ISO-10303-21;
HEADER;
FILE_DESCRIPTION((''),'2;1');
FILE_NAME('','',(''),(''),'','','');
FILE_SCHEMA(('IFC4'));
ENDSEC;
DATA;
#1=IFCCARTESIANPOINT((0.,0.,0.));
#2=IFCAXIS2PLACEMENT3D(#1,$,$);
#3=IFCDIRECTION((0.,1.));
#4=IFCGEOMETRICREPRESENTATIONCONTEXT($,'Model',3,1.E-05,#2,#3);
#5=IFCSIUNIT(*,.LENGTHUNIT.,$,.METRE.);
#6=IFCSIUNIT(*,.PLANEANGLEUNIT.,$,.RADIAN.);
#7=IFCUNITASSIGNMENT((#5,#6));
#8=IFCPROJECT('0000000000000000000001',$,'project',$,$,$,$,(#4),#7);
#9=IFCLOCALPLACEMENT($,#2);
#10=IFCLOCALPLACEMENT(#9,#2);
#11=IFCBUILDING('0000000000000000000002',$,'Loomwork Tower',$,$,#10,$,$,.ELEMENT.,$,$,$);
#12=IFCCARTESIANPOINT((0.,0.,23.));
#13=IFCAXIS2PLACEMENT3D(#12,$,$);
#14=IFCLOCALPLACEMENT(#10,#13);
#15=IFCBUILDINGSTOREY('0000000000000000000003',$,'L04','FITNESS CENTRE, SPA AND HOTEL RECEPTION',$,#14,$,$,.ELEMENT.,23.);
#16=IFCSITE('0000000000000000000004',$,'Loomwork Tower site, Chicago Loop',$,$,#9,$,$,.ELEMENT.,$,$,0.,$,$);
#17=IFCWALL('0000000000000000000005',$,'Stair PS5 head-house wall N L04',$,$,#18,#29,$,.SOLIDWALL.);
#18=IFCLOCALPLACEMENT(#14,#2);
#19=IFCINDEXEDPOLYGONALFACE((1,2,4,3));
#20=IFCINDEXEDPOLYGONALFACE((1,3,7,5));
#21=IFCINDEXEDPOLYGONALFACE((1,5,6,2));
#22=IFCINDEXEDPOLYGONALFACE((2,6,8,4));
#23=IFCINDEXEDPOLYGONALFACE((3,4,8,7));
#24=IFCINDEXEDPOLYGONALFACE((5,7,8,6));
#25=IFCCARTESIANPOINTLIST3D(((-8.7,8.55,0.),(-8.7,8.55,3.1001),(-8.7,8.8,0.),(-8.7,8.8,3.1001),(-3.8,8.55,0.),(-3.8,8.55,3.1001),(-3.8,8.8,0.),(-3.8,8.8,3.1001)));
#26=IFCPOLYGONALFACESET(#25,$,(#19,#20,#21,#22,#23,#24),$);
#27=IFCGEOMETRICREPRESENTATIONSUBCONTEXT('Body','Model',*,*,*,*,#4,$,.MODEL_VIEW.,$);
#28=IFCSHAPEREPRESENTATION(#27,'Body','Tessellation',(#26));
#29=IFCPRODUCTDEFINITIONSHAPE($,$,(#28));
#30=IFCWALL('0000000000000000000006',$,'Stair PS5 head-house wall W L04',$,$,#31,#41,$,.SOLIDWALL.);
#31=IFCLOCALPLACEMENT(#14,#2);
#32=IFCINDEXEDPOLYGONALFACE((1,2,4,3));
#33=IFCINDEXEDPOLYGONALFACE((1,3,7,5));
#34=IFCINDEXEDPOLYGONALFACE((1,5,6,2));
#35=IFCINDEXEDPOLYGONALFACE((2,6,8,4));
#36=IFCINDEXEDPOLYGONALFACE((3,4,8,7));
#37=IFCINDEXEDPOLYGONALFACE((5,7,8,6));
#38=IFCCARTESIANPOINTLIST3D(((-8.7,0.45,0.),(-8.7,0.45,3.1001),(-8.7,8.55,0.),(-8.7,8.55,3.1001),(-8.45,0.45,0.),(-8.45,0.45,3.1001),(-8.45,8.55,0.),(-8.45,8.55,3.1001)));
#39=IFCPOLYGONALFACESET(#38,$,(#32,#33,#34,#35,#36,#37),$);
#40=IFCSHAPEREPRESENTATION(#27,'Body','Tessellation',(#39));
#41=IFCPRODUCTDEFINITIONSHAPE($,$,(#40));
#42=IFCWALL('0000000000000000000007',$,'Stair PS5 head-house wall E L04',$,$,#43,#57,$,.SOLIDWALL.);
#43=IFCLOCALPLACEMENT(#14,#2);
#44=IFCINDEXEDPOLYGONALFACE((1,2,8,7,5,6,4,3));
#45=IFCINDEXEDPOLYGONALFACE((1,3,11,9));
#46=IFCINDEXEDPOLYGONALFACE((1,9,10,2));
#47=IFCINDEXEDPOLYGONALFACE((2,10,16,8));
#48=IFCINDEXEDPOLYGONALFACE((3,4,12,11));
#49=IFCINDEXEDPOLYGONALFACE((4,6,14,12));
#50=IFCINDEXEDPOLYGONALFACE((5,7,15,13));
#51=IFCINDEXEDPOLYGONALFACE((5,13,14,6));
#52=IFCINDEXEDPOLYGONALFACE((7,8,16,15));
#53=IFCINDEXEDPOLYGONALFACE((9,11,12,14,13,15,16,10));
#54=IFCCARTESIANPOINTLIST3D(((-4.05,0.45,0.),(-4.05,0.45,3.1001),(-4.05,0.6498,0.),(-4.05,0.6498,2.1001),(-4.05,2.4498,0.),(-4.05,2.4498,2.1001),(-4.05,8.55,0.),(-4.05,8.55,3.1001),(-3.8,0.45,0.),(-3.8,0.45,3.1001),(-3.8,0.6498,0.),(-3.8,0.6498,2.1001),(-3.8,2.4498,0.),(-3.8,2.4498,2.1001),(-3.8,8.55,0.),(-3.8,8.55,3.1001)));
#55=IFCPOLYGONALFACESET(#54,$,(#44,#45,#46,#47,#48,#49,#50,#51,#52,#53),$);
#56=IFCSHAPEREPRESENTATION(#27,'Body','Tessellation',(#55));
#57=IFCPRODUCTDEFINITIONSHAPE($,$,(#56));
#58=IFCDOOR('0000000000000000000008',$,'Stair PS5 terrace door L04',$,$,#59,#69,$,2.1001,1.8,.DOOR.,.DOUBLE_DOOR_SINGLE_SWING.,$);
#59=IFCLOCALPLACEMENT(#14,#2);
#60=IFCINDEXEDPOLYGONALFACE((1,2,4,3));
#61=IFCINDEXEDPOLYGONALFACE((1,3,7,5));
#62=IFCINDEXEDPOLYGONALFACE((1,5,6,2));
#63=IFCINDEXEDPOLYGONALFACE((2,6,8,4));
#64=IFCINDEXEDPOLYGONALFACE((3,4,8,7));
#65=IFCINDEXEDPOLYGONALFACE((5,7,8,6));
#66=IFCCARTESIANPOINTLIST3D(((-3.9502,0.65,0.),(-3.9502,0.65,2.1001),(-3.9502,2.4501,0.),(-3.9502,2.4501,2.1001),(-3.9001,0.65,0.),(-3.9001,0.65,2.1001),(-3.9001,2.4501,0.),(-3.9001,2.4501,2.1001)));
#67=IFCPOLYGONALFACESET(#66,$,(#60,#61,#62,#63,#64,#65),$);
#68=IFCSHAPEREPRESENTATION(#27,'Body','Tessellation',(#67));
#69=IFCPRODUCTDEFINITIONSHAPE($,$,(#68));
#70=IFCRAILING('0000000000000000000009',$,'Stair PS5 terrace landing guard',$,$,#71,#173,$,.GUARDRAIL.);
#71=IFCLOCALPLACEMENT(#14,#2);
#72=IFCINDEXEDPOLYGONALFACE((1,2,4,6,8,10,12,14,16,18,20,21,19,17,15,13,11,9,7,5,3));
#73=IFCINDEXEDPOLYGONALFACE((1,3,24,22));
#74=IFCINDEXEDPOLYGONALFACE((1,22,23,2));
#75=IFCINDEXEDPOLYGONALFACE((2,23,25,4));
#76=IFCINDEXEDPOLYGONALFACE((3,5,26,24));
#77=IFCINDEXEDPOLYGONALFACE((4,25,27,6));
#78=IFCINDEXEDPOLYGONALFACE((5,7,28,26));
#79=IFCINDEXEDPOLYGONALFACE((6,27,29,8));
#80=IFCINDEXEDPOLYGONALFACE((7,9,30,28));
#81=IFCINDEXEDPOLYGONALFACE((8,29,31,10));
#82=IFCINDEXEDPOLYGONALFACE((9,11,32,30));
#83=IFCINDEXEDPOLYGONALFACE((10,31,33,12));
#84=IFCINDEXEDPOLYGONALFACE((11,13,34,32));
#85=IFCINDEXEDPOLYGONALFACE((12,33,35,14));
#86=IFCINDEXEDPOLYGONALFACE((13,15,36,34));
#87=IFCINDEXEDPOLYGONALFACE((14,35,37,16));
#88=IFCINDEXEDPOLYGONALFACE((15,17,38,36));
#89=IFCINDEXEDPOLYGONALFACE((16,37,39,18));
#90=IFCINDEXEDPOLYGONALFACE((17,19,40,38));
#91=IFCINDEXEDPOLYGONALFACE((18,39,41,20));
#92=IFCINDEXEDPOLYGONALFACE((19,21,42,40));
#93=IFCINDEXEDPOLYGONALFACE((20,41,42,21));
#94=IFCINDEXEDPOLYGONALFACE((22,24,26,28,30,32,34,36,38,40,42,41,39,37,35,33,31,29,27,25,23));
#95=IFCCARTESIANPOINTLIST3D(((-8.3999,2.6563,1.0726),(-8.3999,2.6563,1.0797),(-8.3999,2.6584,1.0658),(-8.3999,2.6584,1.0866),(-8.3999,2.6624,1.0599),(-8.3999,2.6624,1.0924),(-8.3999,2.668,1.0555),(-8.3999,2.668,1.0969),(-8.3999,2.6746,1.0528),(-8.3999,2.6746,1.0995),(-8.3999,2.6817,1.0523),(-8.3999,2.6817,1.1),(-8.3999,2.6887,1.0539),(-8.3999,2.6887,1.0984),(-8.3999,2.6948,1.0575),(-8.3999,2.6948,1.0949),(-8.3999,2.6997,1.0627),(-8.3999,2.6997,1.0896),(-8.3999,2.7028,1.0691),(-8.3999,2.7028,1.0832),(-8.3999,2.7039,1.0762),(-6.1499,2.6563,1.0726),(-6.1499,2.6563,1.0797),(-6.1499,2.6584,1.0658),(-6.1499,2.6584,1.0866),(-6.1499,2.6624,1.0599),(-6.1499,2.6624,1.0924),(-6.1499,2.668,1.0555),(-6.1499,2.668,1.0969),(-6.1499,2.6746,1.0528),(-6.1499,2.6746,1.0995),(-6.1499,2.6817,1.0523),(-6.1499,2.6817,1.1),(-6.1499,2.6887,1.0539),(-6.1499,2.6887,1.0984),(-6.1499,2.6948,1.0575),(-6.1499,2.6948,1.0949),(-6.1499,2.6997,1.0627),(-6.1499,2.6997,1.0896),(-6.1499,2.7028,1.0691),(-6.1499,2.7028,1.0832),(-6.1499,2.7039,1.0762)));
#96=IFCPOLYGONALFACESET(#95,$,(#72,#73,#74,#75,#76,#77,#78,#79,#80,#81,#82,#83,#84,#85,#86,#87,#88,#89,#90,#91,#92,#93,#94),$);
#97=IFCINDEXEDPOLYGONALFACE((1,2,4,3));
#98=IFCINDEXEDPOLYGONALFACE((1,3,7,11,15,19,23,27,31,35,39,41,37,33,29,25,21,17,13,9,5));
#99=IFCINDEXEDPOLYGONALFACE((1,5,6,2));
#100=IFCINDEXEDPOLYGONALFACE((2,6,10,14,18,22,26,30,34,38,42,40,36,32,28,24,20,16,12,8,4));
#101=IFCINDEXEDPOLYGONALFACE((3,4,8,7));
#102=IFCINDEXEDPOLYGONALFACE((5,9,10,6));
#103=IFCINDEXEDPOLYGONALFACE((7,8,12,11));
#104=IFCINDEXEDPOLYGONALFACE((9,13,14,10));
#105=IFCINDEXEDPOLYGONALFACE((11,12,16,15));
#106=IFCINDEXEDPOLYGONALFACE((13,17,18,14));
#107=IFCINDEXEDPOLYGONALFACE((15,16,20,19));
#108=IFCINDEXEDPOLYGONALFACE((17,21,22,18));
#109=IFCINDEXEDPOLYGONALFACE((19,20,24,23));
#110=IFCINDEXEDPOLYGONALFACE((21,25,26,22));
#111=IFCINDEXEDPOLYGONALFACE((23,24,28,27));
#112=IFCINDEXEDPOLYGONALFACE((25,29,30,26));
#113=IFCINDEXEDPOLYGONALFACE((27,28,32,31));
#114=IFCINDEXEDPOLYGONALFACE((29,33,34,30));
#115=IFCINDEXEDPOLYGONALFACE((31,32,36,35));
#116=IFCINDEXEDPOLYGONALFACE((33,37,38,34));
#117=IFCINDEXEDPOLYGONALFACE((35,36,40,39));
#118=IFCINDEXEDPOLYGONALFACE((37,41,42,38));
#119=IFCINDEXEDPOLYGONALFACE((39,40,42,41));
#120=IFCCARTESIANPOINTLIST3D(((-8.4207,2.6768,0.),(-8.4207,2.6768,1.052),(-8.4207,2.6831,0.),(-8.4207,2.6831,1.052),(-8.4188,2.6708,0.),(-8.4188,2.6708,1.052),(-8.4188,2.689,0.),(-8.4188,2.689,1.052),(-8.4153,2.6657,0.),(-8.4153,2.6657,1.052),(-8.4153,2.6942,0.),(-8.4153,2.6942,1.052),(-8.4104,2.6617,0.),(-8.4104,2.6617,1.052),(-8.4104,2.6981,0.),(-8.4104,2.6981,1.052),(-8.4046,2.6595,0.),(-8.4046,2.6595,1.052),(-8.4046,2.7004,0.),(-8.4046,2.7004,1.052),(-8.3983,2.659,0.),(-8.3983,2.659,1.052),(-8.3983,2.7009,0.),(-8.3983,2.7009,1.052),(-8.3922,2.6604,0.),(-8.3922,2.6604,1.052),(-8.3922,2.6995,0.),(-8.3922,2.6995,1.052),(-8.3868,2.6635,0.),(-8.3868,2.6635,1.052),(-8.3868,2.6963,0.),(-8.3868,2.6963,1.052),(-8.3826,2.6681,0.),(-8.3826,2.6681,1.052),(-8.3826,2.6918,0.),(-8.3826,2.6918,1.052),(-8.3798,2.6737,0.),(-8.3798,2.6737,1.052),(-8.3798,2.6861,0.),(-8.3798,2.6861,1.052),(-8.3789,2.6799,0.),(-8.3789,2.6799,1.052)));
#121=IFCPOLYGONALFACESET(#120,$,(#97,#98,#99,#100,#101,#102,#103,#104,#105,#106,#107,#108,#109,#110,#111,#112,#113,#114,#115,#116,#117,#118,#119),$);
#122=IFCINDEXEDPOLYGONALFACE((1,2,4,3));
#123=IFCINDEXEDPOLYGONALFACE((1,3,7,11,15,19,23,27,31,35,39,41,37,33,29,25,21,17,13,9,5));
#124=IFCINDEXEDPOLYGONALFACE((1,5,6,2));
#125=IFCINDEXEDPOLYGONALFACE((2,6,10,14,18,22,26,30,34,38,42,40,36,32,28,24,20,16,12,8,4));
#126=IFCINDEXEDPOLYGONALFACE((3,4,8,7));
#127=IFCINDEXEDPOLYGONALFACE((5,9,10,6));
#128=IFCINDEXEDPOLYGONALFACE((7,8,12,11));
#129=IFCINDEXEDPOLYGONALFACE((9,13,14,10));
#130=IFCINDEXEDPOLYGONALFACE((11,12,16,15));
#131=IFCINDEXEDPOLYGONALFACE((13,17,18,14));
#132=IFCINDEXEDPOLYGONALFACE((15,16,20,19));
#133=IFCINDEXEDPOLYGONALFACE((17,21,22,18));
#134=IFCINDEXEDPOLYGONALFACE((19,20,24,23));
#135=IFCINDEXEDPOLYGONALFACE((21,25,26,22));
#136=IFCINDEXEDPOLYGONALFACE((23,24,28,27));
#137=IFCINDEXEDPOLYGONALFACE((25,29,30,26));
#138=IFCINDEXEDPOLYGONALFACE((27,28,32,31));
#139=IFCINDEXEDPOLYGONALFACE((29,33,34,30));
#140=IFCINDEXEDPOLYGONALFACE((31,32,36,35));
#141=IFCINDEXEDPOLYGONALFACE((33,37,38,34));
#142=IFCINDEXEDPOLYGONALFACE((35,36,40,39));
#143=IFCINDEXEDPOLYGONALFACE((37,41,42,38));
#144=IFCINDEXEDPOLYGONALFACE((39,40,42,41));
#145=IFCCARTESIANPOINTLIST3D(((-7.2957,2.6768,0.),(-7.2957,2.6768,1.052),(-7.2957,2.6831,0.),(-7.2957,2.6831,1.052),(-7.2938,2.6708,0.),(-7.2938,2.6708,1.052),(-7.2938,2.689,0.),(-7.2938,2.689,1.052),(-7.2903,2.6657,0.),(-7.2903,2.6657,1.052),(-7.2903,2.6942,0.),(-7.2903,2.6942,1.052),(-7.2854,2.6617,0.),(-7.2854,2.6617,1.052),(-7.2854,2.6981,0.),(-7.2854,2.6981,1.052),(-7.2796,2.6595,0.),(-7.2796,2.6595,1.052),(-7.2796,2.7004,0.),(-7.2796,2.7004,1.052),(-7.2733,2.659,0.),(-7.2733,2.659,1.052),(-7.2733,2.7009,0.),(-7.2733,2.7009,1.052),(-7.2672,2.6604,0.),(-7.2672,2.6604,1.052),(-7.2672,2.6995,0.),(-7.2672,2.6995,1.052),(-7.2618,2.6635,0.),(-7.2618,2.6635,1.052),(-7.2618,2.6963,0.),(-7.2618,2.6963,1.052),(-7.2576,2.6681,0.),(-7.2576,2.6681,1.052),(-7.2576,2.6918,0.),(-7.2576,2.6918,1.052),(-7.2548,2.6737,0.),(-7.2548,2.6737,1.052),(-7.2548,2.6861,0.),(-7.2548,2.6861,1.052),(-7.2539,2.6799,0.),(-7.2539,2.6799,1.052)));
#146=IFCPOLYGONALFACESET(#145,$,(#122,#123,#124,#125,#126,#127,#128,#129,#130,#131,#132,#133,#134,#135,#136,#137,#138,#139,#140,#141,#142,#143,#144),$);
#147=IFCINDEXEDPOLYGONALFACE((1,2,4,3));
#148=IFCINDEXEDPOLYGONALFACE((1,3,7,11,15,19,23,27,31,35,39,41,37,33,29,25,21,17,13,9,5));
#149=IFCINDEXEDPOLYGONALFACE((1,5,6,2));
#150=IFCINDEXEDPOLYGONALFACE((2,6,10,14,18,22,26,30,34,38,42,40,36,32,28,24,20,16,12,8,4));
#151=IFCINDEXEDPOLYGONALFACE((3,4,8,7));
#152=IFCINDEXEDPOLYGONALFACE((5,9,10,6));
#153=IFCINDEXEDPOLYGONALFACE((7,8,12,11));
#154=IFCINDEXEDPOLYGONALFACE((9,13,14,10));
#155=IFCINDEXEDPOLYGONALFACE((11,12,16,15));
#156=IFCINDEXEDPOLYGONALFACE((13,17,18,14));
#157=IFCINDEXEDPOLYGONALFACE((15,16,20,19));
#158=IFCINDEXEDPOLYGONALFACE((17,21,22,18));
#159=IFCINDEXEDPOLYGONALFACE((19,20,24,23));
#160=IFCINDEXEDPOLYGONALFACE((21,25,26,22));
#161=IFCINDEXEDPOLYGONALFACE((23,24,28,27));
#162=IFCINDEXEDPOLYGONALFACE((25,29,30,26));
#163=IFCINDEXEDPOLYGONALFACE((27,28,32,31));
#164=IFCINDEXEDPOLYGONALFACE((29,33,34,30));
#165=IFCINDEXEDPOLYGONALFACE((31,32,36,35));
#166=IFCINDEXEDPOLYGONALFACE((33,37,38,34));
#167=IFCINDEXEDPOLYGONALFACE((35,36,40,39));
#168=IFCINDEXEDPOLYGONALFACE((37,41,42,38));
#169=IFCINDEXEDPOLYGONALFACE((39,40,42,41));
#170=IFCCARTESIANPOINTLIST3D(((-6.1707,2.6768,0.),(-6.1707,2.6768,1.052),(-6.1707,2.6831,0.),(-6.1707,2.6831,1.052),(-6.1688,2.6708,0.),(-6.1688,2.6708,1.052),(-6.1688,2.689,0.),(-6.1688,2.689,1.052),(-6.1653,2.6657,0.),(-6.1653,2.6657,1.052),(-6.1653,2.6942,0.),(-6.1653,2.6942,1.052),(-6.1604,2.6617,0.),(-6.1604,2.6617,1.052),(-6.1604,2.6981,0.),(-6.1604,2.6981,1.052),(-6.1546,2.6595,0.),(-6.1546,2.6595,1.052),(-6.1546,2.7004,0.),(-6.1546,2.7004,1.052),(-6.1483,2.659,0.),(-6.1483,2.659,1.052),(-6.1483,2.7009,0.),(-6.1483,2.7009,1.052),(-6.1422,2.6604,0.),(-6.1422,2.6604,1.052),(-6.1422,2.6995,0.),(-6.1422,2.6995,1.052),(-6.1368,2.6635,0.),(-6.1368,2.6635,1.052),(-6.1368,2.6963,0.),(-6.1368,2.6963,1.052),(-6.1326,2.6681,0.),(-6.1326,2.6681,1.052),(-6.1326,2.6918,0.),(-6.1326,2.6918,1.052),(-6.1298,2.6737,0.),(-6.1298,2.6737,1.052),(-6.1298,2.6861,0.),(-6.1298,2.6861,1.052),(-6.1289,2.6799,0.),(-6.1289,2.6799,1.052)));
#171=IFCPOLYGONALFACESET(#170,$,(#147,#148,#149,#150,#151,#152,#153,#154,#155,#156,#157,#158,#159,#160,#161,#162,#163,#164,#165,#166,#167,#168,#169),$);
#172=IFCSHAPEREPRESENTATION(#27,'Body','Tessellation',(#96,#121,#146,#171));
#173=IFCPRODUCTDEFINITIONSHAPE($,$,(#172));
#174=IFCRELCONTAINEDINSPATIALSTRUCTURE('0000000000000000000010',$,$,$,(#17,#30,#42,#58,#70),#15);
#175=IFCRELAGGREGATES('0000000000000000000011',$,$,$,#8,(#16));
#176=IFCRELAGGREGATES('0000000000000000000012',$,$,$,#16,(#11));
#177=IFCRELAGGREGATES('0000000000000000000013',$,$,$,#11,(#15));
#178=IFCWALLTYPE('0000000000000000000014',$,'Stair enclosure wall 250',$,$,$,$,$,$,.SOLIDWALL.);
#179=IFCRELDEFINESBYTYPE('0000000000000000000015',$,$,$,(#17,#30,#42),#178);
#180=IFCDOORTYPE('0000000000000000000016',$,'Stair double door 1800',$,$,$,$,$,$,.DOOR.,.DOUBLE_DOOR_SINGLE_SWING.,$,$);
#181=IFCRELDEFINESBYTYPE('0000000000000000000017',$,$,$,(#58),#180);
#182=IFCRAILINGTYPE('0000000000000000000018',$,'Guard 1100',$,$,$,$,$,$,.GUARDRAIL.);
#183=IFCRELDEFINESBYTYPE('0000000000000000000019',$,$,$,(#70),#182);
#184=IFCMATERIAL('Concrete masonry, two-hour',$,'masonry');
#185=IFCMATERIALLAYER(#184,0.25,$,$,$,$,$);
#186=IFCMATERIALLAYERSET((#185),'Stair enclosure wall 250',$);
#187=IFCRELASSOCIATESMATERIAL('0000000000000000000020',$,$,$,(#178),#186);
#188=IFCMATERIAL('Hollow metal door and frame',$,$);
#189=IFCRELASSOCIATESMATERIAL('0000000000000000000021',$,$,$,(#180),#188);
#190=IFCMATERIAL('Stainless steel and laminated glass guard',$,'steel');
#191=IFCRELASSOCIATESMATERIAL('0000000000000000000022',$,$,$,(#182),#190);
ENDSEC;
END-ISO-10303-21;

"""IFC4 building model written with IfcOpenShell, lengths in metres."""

from ifc_helpers import new_model, si_unit, direction, frame, frame_2d, origin, origin_2d, place, context, subcontext, project, spatial, rectangle, circle, extrude, material, layer, layer_set, type_object, element, fill, save


model = new_model("IFC4")

# Units and contexts
model_context = context("Model", 3, precision=1e-05, world=origin(), true_north=direction((0.0, 1.0)))
body_context = subcontext(model_context, "Body", "Model", "MODEL_VIEW")
ifc_project = project(units=[si_unit("LENGTHUNIT", "METRE"), si_unit("PLANEANGLEUNIT", "RADIAN")], contexts=[model_context])

# Site, building, storey
site_placement = place(None, origin())
site = spatial("IfcSite", under=ifc_project, at=site_placement, Name="Loomwork Tower site, Chicago Loop", CompositionType="ELEMENT", RefElevation=0.0)
building_placement = place(site_placement, origin())
building = spatial("IfcBuilding", under=site, at=building_placement, Name="Loomwork Tower", CompositionType="ELEMENT")
storey_placement = place(building_placement, frame((0.0, 0.0, 23.0)))
storey = spatial("IfcBuildingStorey", under=building, at=storey_placement, Name="L04", Description="FITNESS CENTRE, SPA AND HOTEL RECEPTION", CompositionType="ELEMENT", Elevation=23.0)

# Walls
ifc_material_1 = material(Name="Concrete masonry, two-hour", Category="masonry")
ifc_layer_1 = layer(ifc_material_1, 0.25)
ifc_layer_set_1 = layer_set([ifc_layer_1], Name="Stair enclosure wall 250")
wall_type = type_object("IfcWallType", Name="Stair enclosure wall 250", PredefinedType="SOLIDWALL", material=ifc_layer_set_1)
for number, where, z_axis, x_axis, name in (
    (1, (-8.7, 8.675, 0.0), (0.0, 0.0, 1.0), (1.0, 0.0, 0.0), "Stair PS5 head-house wall N L04"),
):
    element("IfcWall", number, at=place(storey_placement, frame(where, z_axis=z_axis, x_axis=x_axis)), inside=storey, type_object=wall_type, Name=name, PredefinedType="SOLIDWALL", context=body_context, shape_type="SweptSolid", body=[
        extrude(rectangle(XDim=4.8999, YDim=0.25, at=frame_2d((2.45, 0.0))), origin(), (0.0, 0.0, 1.0), 3.1001),
    ])
wall_1_placement = place(storey_placement, frame((-8.575, 0.45, 0.0), z_axis=(0.0, 0.0, 1.0), x_axis=(0.0, 1.0, 0.0)))
element("IfcWall", 2, at=wall_1_placement, inside=storey, type_object=wall_type, Name="Stair PS5 head-house wall W L04", PredefinedType="SOLIDWALL", context=body_context, shape_type="SweptSolid", body=[
    extrude(rectangle(XDim=8.1001, YDim=0.25, at=frame_2d((4.05, 0.0))), origin(), (0.0, 0.0, 1.0), 3.1001),
])

# Wall, opening, door
wall_2_placement = place(storey_placement, frame((-3.925, 0.45, 0.0), z_axis=(0.0, 0.0, 1.0), x_axis=(0.0, 1.0, 0.0)))
wall_2 = element("IfcWall", 3, at=wall_2_placement, inside=storey, type_object=wall_type, Name="Stair PS5 head-house wall E L04", PredefinedType="SOLIDWALL", context=body_context, shape_type="SweptSolid", body=[
    extrude(rectangle(XDim=8.1001, YDim=0.25, at=frame_2d((4.05, 0.0))), origin(), (0.0, 0.0, 1.0), 3.1001),
])
opening_placement = place(wall_2_placement, frame((0.2, 0.0, 0.0)))
opening = element("IfcOpeningElement", 4, at=opening_placement, cuts=wall_2, PredefinedType="OPENING", context=body_context, shape_type="SweptSolid", body=[
    extrude(rectangle(XDim=1.8, YDim=2.1001, at=frame_2d((0.8999, 1.05))), frame((0.0, 0.135, 0.0), z_axis=(0.0, -1.0, 0.0), x_axis=(1.0, 0.0, 0.0)), (0.0, 0.0, 1.0), 0.27),
])
ifc_material_2 = material(Name="Hollow metal door and frame")
door_type = type_object("IfcDoorType", Name="Stair double door 1800", OperationType="DOUBLE_DOOR_SINGLE_SWING", PredefinedType="DOOR", material=ifc_material_2)
door_placement = place(opening_placement, frame((1.8, 0.0, 0.0), z_axis=(0.0, 0.0, 1.0), x_axis=(-1.0, 0.0, 0.0)))
door = element("IfcDoor", 5, at=door_placement, inside=storey, type_object=door_type, Name="Stair PS5 terrace door L04", OperationType="DOUBLE_DOOR_SINGLE_SWING", OverallHeight=2.1001, OverallWidth=1.8, PredefinedType="DOOR", context=body_context, shape_type="SweptSolid", body=[
    extrude(rectangle(XDim=1.8, YDim=2.1001, at=frame_2d((0.8999, 1.05))), frame((0.0, 0.0249, 0.0), z_axis=(0.0, -1.0, 0.0), x_axis=(1.0, 0.0, 0.0)), (0.0, 0.0, 1.0), 0.05),
])
fill(opening, door)

# Railing
ifc_material_3 = material(Name="Stainless steel and laminated glass guard", Category="steel")
railing_type = type_object("IfcRailingType", Name="Guard 1100", PredefinedType="GUARDRAIL", material=ifc_material_3)
railing_placement = place(storey_placement, frame((-8.3999, 2.6799, 0.0)))
element("IfcRailing", 6, at=railing_placement, inside=storey, type_object=railing_type, Name="Stair PS5 terrace landing guard", PredefinedType="GUARDRAIL", context=body_context, shape_type="SweptSolid", body=[
    extrude(circle(Radius=0.0239, at=origin_2d()), frame((0.0, 0.0, 1.0762), z_axis=(1.0, 0.0, 0.0), x_axis=(0.0, 1.0, 0.0)), (0.0, 0.0, 1.0), 2.25),
    extrude(circle(Radius=0.021, at=origin_2d()), origin(), (0.0, 0.0, 1.0), 1.052),
    extrude(circle(Radius=0.021, at=origin_2d()), frame((1.125, 0.0, 0.0)), (0.0, 0.0, 1.0), 1.052),
    extrude(circle(Radius=0.021, at=origin_2d()), frame((2.25, 0.0, 0.0)), (0.0, 0.0, 1.0), 1.052),
])

save(model, "model.ifc")
